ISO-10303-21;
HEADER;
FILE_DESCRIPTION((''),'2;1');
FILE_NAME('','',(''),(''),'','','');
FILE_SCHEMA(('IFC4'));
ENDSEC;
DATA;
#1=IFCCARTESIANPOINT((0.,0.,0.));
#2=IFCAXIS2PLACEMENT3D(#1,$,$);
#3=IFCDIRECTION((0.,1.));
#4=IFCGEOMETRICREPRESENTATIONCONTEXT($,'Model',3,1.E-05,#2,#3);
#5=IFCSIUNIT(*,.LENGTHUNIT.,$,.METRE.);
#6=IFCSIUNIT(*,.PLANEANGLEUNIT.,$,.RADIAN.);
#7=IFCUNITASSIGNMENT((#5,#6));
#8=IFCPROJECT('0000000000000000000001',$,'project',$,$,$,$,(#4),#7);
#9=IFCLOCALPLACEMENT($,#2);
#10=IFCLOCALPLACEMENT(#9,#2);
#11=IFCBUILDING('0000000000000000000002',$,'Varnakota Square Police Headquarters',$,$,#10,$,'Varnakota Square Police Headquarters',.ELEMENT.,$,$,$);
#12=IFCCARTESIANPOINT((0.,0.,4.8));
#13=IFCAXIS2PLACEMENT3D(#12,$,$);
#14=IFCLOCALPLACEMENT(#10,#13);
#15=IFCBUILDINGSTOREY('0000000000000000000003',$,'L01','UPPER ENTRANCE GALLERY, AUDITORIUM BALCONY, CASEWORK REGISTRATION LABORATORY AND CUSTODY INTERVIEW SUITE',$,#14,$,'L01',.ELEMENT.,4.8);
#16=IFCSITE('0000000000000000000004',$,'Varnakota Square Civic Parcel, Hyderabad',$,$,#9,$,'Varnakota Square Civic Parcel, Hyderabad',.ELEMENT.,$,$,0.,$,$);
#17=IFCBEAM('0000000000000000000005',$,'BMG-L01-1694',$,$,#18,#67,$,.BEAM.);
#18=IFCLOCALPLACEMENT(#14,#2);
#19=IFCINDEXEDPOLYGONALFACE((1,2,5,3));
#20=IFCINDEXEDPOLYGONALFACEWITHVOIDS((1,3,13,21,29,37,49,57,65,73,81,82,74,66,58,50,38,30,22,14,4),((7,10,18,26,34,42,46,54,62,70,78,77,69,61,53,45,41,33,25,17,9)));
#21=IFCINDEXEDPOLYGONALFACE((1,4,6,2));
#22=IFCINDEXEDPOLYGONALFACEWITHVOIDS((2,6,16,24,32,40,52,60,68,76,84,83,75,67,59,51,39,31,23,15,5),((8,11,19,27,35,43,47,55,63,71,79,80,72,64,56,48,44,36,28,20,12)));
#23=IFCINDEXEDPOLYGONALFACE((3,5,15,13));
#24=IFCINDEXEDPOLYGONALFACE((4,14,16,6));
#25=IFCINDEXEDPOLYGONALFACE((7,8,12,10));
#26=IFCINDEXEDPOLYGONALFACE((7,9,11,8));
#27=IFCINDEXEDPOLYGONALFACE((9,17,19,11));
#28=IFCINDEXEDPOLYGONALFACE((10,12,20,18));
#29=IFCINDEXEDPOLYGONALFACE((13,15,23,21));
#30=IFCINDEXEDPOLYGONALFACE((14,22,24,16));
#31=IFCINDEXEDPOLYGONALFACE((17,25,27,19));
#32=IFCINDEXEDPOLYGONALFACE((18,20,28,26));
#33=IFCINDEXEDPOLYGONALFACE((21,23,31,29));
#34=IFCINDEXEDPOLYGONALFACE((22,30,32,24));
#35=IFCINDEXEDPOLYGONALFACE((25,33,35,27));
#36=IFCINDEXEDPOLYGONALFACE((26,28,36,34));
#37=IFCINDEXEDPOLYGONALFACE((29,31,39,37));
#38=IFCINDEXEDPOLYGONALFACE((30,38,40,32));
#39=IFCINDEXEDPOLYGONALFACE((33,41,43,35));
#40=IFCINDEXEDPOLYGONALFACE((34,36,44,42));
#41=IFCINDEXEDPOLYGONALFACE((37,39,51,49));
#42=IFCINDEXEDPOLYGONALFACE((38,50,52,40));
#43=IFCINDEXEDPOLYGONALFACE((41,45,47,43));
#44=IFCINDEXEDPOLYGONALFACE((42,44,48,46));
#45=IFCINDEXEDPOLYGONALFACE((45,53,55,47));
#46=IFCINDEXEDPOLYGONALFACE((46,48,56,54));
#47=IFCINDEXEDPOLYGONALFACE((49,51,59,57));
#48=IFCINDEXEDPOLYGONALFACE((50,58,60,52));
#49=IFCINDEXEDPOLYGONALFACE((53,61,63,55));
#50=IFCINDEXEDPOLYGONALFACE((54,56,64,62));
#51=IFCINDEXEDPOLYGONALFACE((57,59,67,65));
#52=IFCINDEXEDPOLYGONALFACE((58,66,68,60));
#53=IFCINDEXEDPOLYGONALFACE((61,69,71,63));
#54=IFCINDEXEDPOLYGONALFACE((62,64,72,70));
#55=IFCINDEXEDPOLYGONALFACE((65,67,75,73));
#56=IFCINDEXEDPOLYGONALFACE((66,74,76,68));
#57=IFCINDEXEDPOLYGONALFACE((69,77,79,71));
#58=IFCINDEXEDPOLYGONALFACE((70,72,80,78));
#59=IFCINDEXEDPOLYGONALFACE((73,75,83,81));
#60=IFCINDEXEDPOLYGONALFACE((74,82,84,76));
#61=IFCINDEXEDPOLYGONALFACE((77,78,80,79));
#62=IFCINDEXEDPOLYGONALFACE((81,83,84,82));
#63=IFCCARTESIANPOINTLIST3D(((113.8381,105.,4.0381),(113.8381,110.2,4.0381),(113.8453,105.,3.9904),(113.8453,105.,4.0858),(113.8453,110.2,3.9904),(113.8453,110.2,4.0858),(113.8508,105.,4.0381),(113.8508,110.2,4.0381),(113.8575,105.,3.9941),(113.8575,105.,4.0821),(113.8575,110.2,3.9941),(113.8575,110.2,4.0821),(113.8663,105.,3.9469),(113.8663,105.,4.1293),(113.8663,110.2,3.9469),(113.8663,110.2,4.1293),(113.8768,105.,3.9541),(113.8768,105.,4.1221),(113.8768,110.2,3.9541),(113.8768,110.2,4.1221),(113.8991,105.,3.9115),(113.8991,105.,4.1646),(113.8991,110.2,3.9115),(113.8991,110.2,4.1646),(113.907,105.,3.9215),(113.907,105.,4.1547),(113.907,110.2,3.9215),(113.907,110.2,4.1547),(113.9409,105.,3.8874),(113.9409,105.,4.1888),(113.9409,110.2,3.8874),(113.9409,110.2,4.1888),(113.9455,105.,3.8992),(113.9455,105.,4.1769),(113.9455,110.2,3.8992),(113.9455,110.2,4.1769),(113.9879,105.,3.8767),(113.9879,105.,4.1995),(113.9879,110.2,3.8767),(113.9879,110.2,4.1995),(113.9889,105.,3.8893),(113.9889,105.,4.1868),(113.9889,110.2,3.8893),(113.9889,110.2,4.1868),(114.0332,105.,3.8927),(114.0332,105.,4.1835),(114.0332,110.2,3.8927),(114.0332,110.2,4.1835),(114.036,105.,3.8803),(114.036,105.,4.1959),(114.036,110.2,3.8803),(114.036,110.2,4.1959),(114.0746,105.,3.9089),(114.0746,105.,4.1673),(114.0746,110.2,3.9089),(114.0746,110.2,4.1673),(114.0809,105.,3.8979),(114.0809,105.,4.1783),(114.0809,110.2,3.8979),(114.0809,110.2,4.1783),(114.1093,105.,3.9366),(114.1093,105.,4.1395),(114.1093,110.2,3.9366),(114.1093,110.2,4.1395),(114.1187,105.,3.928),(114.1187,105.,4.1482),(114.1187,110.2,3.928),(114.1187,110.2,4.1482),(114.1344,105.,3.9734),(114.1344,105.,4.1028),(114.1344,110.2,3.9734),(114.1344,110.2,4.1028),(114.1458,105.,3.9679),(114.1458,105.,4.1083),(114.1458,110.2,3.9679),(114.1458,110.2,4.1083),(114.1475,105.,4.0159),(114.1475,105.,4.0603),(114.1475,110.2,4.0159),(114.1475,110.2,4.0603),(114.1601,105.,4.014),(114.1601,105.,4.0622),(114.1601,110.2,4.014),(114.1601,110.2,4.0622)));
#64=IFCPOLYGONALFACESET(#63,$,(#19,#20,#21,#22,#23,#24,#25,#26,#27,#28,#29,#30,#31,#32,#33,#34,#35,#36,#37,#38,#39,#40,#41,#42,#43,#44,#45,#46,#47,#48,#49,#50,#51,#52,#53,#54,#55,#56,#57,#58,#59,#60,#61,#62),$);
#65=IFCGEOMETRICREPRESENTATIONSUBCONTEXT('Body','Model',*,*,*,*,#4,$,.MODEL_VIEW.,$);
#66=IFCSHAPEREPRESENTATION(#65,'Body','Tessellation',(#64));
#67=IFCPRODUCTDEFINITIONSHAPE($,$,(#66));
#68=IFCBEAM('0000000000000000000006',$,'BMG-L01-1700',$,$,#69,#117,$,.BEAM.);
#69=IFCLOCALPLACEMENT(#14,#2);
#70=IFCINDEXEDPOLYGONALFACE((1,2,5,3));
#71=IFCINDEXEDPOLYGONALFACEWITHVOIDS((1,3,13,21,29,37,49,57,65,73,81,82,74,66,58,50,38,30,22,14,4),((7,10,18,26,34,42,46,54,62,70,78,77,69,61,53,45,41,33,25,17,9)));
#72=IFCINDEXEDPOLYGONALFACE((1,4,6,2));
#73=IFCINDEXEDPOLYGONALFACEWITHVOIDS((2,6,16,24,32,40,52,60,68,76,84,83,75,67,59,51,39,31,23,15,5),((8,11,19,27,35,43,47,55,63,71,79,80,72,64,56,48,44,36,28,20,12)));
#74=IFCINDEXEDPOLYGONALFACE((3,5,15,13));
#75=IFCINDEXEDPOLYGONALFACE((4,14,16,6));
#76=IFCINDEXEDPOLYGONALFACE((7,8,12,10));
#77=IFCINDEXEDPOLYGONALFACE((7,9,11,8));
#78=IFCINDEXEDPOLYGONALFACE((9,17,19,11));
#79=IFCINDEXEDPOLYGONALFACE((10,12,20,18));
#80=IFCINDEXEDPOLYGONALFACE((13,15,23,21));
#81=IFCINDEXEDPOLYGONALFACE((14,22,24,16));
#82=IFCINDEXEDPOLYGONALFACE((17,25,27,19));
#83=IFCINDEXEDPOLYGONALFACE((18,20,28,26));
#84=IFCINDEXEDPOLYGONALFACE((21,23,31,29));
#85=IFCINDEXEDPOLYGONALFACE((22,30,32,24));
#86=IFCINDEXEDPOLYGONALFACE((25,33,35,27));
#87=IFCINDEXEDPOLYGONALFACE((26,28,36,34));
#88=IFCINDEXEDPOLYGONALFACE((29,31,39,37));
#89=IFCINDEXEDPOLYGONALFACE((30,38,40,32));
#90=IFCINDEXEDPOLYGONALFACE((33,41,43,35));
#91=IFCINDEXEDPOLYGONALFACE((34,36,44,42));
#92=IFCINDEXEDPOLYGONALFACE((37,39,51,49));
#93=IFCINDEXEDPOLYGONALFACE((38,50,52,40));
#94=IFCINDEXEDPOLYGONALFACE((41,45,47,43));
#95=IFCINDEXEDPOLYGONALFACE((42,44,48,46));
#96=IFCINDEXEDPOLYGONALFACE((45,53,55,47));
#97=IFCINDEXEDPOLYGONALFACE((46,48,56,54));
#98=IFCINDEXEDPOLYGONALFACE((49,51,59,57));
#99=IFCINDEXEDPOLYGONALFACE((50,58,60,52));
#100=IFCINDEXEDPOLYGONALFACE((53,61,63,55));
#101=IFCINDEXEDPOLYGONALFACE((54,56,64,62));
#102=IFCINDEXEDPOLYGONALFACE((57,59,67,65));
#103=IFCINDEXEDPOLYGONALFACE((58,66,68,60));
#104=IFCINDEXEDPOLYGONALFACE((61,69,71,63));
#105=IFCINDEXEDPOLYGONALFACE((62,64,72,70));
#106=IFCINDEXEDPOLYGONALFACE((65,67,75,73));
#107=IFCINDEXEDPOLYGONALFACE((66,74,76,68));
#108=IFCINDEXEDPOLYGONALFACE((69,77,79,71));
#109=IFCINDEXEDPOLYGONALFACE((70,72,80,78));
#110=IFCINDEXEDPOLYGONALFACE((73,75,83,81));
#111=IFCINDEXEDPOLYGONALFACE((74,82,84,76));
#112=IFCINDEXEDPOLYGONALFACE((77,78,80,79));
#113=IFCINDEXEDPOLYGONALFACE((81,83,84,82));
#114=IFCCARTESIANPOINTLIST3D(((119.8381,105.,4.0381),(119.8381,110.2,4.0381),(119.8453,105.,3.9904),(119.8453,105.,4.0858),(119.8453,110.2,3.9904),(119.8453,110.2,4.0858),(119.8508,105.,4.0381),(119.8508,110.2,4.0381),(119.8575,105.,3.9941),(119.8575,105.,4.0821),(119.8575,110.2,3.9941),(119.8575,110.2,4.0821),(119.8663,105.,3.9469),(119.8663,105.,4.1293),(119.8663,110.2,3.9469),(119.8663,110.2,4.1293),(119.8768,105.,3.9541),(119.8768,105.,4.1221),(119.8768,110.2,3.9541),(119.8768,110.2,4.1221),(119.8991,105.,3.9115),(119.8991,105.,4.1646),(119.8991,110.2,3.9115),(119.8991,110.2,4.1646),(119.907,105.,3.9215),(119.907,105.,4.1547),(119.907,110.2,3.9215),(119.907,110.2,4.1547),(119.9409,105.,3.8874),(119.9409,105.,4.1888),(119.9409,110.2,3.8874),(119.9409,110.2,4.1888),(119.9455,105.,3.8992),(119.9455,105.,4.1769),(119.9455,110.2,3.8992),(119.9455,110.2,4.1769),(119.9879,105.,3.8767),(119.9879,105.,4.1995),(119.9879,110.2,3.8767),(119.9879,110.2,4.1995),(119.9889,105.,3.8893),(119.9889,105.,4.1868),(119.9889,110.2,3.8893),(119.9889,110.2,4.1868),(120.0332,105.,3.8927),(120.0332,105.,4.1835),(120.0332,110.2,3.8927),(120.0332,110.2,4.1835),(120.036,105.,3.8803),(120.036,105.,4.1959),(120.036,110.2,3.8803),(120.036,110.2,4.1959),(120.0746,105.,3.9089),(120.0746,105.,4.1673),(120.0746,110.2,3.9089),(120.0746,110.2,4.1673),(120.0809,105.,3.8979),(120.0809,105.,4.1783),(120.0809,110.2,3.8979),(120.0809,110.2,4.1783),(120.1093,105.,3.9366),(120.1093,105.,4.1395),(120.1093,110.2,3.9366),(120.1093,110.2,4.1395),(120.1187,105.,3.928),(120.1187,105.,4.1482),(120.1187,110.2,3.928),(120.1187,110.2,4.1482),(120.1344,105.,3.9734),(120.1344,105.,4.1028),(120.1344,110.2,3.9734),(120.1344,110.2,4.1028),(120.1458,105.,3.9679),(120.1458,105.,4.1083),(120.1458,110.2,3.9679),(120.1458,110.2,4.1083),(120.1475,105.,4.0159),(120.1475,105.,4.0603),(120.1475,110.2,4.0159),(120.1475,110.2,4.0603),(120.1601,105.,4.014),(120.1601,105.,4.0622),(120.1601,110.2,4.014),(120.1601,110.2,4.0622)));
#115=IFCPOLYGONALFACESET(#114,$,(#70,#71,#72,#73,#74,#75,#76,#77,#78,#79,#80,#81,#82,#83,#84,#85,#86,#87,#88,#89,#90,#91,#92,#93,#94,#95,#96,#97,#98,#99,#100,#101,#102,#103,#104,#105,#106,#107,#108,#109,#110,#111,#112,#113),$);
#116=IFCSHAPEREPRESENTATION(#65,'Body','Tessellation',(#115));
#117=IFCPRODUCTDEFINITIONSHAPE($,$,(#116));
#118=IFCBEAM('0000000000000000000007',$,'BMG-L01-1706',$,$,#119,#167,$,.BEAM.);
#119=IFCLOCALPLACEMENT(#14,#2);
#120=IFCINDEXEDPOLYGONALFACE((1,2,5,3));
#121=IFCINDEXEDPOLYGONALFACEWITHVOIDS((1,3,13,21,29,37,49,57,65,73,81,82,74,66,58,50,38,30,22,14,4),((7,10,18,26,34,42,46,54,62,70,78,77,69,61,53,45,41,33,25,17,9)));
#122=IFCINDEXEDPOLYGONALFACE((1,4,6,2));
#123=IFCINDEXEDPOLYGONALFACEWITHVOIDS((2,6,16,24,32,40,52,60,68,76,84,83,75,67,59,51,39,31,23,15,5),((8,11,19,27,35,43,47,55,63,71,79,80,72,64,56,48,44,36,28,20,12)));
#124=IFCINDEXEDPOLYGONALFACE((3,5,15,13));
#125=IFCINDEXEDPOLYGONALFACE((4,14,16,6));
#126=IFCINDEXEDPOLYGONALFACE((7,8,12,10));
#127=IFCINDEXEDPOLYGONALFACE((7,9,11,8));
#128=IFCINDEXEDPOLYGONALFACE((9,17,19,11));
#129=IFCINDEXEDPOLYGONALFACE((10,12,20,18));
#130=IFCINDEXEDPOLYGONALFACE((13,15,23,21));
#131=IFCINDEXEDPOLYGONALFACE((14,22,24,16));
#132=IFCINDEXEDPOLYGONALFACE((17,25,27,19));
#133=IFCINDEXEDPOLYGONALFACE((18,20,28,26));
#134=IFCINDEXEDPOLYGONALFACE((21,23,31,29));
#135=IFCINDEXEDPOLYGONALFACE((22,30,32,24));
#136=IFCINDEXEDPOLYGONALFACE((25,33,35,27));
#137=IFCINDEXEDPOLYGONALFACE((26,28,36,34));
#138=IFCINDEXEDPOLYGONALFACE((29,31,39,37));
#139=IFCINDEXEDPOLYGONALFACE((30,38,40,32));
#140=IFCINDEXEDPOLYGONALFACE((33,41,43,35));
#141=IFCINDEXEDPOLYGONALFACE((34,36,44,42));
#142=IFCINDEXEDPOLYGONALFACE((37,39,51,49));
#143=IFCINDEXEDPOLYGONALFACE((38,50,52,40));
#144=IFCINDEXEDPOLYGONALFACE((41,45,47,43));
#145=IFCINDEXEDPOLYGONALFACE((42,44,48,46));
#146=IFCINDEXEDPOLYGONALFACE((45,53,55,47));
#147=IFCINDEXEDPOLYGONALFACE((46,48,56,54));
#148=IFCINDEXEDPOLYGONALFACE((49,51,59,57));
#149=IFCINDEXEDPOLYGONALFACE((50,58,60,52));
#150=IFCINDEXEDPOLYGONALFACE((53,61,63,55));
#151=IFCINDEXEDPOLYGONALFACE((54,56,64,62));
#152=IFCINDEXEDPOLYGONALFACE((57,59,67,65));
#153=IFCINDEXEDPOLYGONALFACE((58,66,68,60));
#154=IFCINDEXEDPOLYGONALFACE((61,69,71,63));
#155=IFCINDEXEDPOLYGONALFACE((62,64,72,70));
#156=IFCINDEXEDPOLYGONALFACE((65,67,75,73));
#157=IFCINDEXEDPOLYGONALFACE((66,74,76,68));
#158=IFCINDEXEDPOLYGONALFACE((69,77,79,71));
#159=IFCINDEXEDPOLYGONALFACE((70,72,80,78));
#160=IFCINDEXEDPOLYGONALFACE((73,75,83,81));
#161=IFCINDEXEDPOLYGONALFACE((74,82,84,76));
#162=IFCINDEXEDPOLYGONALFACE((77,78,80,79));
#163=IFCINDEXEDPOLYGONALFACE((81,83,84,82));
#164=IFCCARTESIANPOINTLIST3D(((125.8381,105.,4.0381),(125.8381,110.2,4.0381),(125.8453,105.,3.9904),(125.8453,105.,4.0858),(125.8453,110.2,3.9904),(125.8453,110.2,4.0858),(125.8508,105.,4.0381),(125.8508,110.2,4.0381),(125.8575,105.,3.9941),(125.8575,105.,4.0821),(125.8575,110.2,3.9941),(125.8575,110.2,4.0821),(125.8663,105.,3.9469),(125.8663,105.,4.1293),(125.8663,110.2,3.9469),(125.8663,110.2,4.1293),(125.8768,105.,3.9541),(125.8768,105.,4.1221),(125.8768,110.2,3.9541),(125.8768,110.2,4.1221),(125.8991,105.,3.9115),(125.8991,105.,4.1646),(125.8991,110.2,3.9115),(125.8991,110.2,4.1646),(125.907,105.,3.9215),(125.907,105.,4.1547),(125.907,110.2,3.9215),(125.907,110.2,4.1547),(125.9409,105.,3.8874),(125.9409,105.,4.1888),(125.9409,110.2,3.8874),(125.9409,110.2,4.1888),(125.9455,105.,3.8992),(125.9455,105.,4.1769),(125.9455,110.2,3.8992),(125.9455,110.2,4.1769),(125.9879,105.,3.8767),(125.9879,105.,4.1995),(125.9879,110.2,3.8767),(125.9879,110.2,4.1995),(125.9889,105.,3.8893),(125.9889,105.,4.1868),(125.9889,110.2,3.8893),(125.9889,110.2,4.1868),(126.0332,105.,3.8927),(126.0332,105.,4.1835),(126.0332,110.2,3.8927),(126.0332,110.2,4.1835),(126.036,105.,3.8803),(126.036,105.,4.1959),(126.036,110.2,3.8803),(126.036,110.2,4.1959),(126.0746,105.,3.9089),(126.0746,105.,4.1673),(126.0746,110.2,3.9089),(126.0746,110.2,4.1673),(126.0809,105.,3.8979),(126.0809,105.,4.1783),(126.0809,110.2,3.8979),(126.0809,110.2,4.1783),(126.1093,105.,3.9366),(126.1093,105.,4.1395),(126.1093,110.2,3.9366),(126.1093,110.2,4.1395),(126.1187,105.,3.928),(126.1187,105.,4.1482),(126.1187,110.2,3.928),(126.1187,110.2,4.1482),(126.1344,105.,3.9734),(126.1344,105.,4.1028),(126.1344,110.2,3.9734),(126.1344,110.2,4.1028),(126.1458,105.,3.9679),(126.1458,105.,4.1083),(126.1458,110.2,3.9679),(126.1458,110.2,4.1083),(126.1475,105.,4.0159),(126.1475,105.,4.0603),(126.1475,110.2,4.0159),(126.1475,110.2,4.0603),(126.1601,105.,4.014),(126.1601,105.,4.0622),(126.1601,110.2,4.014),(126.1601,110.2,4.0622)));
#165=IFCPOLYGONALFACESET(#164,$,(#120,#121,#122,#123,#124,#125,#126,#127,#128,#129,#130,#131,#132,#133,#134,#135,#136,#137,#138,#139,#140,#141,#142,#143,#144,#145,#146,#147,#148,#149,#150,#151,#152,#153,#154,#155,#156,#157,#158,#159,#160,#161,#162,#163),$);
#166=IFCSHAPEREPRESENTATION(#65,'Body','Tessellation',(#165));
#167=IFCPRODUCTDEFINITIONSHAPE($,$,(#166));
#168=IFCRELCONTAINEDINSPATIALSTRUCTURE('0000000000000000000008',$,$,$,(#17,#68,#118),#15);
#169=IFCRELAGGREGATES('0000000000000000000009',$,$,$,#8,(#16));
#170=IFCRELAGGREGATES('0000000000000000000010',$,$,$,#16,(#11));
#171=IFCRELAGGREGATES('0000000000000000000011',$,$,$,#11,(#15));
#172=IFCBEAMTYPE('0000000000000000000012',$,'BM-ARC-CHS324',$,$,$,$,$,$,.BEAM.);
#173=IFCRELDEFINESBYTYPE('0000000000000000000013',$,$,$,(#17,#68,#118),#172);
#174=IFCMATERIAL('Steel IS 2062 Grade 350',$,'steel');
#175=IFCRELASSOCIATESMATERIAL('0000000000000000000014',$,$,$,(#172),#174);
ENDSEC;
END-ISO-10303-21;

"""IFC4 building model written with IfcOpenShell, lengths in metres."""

from ifc_helpers import new_model, si_unit, direction, frame, origin, origin_2d, place, context, subcontext, project, spatial, hollow_circle, extrude, material, material_profile, profile_set, type_object, element, save


model = new_model("IFC4")

# Units and contexts
model_context = context("Model", 3, precision=1e-05, world=origin(), true_north=direction((0.0, 1.0)))
body_context = subcontext(model_context, "Body", "Model", "MODEL_VIEW")
ifc_project = project(units=[si_unit("LENGTHUNIT", "METRE"), si_unit("PLANEANGLEUNIT", "RADIAN")], contexts=[model_context])

# Site, building, storey
site_placement = place(None, origin())
site = spatial("IfcSite", under=ifc_project, at=site_placement, Name="Varnakota Square Civic Parcel, Hyderabad", LongName="Varnakota Square Civic Parcel, Hyderabad", CompositionType="ELEMENT", RefElevation=0.0)
building_placement = place(site_placement, origin())
building = spatial("IfcBuilding", under=site, at=building_placement, Name="Varnakota Square Police Headquarters", LongName="Varnakota Square Police Headquarters", CompositionType="ELEMENT")
storey_placement = place(building_placement, frame((0.0, 0.0, 4.8)))
storey = spatial("IfcBuildingStorey", under=building, at=storey_placement, Name="L01", Description="UPPER ENTRANCE GALLERY, AUDITORIUM BALCONY, CASEWORK REGISTRATION LABORATORY AND CUSTODY INTERVIEW SUITE", LongName="L01", CompositionType="ELEMENT", Elevation=4.8)

# Shared definitions
ifc_material_1 = material(Name="Steel IS 2062 Grade 350", Category="steel")

# Beams
ifc_material_profile_1 = material_profile(ifc_material_1, hollow_circle(Radius=0.1619, WallThickness=0.0127, at=origin_2d()), Name="CHS 323.9x12.7")
ifc_profile_set_1 = profile_set([ifc_material_profile_1], Name="Steel IS 2062 Grade 350")
beam_type_1 = type_object("IfcBeamType", Name="BM-ARC-CHS324", PredefinedType="BEAM", material=ifc_profile_set_1)
for number, where, z_axis, x_axis, name in (
    (1, (114.0, 105.0, 4.0381), (0.0, 1.0, 0.0), (-1.0, 0.0, 0.0), "BMG-L01-1694"),
    (2, (120.0, 105.0, 4.0381), (0.0, 1.0, 0.0), (-1.0, 0.0, 0.0), "BMG-L01-1700"),
    (3, (126.0, 105.0, 4.0381), (0.0, 1.0, 0.0), (-1.0, 0.0, 0.0), "BMG-L01-1706"),
):
    element("IfcBeam", number, at=place(storey_placement, frame(where, z_axis=z_axis, x_axis=x_axis)), inside=storey, type_object=beam_type_1, Name=name, PredefinedType="BEAM", context=body_context, shape_type="SweptSolid", body=[
        extrude(hollow_circle(Radius=0.1619, WallThickness=0.0127, at=origin_2d()), origin(), (0.0, 0.0, 1.0), 5.2),
    ])

save(model, "model.ifc")
